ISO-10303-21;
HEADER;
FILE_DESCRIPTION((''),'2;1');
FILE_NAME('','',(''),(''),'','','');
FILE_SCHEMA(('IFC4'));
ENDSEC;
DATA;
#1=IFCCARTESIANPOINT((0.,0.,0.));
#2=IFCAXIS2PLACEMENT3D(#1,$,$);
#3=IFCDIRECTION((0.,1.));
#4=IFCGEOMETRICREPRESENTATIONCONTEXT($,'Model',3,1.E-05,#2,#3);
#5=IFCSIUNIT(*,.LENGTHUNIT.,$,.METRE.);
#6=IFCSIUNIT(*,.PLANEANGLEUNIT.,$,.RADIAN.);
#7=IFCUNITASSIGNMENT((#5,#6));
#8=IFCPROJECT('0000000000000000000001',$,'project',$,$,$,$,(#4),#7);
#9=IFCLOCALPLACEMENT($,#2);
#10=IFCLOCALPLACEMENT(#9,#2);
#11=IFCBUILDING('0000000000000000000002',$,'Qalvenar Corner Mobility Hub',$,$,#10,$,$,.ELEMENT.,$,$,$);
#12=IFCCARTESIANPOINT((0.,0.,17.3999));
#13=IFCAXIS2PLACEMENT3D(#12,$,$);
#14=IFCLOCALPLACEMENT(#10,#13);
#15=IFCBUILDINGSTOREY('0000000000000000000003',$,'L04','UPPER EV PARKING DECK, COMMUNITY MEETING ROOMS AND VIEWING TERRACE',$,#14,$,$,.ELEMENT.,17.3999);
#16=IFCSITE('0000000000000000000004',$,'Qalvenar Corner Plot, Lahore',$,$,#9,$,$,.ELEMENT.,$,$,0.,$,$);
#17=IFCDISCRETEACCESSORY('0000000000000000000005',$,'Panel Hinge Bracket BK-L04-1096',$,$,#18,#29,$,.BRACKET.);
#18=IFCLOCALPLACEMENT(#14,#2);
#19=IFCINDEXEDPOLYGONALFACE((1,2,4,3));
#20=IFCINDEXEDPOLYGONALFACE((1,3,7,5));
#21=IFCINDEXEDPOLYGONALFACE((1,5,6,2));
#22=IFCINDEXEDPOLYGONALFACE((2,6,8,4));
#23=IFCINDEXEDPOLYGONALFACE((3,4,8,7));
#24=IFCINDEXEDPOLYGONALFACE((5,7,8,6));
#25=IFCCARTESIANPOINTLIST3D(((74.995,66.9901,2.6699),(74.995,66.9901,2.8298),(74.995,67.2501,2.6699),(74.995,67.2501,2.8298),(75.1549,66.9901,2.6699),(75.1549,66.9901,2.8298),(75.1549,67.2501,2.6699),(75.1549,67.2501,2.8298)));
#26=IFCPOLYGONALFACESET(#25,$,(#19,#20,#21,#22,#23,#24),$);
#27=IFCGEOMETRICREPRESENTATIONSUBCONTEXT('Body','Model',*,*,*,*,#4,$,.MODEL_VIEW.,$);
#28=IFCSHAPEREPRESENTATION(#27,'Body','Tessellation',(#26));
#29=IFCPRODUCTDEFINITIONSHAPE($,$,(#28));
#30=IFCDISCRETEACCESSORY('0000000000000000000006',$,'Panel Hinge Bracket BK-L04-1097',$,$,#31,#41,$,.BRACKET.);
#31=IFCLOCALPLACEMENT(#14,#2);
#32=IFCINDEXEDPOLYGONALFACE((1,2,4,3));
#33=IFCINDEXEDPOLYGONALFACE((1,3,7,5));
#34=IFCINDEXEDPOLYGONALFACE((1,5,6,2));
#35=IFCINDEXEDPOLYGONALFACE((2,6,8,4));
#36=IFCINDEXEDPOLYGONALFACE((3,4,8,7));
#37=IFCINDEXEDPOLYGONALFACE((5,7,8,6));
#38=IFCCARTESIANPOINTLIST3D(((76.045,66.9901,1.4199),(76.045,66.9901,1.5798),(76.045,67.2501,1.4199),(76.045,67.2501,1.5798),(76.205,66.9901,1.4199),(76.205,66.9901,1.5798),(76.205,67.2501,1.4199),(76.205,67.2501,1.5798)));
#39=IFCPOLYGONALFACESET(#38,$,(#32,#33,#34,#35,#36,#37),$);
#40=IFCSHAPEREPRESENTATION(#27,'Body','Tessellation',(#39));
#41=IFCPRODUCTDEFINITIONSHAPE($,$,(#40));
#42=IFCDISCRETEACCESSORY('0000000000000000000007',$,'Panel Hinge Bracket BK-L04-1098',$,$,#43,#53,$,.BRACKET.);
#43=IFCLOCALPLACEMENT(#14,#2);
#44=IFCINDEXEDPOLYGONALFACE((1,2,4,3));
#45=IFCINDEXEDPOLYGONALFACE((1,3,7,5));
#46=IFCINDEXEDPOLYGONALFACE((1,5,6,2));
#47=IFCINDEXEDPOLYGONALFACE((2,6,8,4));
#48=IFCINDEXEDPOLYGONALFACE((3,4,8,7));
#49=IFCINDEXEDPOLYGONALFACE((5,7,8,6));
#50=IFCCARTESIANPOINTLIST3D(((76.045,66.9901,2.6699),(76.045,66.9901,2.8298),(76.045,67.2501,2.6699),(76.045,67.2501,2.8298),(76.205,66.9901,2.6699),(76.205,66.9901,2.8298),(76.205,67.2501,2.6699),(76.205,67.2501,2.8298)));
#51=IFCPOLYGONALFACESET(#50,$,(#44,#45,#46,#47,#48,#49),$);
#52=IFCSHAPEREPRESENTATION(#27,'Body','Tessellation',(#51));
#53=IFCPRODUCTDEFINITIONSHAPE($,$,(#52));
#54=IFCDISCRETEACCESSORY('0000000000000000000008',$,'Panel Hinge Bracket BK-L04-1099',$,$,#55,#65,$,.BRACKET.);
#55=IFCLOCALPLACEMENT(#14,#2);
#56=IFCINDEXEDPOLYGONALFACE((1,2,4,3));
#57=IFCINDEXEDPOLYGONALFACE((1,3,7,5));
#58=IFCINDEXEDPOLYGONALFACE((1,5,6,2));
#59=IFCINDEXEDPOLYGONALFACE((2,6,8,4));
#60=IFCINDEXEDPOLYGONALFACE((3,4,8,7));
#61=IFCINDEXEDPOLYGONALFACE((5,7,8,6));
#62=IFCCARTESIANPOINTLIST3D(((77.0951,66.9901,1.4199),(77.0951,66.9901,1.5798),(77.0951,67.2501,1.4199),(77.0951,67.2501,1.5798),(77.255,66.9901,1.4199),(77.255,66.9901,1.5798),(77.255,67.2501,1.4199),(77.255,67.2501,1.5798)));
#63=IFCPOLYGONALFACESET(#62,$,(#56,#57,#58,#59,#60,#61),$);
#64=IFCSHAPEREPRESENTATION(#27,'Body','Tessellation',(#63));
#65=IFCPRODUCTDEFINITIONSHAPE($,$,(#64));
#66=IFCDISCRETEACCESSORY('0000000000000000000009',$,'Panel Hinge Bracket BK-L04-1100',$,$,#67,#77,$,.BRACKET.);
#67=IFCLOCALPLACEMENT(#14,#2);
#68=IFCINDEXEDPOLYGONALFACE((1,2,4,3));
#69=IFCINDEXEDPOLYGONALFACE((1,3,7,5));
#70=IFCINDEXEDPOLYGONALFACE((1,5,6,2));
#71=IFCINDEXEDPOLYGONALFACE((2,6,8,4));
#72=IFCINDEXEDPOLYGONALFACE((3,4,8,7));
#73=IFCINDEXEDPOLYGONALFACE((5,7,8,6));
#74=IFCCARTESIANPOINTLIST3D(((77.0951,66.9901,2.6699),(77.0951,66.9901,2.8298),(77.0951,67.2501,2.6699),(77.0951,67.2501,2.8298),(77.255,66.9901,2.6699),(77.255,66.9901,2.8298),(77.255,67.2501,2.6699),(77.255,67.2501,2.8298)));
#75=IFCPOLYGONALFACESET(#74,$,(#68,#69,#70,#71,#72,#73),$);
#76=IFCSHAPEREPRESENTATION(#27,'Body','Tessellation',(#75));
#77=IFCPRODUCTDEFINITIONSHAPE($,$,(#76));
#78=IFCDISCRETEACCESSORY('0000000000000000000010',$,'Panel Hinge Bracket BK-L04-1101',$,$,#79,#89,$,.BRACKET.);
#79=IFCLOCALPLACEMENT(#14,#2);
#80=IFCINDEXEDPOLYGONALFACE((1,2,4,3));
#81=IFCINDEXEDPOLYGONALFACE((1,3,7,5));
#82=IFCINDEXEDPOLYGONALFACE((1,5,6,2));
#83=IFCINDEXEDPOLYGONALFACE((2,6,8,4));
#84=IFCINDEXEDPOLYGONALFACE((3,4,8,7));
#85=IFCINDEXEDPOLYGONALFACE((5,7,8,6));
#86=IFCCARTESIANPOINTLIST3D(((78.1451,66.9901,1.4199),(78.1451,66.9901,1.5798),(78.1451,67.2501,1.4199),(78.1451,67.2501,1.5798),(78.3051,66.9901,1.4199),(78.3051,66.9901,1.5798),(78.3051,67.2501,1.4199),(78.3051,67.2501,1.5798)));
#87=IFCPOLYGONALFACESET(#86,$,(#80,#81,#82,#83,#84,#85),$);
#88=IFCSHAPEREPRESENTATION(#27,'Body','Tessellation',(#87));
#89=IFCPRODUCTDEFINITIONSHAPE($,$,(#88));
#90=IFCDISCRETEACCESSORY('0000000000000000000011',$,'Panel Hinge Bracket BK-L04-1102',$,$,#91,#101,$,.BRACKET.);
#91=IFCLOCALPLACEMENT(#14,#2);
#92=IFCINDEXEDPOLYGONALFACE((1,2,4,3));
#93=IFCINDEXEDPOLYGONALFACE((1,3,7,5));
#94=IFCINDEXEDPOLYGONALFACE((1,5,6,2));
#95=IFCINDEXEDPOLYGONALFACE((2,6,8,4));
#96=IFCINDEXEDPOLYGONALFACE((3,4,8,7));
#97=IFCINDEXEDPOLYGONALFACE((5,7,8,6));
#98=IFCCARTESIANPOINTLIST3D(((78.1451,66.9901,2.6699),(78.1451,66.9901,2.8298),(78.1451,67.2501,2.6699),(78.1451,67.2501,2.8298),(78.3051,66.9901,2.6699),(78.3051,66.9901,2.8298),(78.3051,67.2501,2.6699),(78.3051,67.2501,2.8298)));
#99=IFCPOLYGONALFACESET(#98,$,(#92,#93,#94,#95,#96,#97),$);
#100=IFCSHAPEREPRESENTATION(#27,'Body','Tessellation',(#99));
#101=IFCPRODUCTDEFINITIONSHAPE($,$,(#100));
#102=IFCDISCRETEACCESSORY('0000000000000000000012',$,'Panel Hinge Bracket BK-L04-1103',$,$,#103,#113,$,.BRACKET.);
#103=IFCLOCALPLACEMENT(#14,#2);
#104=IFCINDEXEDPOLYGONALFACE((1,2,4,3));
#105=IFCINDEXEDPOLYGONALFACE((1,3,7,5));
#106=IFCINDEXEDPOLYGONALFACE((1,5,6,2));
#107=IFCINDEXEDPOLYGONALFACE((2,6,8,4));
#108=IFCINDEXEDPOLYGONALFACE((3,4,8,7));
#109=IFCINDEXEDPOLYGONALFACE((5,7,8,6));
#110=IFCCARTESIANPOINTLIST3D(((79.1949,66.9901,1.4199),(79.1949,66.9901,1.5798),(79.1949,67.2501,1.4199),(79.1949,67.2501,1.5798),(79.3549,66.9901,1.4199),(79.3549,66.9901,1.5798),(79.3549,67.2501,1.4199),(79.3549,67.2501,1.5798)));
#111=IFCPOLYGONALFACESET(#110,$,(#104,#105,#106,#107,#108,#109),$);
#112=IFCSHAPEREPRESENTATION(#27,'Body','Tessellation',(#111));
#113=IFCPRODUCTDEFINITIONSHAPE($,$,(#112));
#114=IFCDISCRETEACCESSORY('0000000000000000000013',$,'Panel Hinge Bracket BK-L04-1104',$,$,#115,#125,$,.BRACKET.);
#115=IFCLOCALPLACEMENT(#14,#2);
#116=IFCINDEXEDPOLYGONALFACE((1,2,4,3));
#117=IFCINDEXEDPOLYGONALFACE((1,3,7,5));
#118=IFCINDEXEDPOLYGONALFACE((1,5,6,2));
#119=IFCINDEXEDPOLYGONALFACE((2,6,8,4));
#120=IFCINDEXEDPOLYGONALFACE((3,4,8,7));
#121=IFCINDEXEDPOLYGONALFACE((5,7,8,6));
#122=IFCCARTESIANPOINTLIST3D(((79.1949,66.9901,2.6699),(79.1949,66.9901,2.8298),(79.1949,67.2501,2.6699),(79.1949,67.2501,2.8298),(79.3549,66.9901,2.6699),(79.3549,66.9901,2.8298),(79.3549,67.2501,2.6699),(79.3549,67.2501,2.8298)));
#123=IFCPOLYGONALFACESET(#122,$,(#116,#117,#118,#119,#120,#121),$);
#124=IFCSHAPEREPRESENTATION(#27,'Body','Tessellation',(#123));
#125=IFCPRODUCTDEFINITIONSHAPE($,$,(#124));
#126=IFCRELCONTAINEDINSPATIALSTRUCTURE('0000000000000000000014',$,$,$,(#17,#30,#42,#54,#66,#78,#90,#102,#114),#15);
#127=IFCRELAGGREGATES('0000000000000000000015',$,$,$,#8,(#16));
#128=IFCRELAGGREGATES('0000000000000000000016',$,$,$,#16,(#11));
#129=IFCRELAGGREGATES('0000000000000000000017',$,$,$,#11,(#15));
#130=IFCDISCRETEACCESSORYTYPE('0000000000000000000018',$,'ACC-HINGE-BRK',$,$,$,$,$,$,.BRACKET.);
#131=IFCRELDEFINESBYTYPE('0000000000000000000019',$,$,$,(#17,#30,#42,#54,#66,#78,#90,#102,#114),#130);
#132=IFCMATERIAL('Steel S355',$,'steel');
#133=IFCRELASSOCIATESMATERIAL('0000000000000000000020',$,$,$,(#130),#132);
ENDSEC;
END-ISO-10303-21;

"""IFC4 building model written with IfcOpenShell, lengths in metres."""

from ifc_helpers import new_model, si_unit, direction, frame, origin, origin_2d, place, context, subcontext, project, spatial, rectangle, extrude, material, type_object, element, save


model = new_model("IFC4")

# Units and contexts
model_context = context("Model", 3, precision=1e-05, world=origin(), true_north=direction((0.0, 1.0)))
body_context = subcontext(model_context, "Body", "Model", "MODEL_VIEW")
ifc_project = project(units=[si_unit("LENGTHUNIT", "METRE"), si_unit("PLANEANGLEUNIT", "RADIAN")], contexts=[model_context])

# Site, building, storey
site_placement = place(None, origin())
site = spatial("IfcSite", under=ifc_project, at=site_placement, Name="Qalvenar Corner Plot, Lahore", CompositionType="ELEMENT", RefElevation=0.0)
building_placement = place(site_placement, origin())
building = spatial("IfcBuilding", under=site, at=building_placement, Name="Qalvenar Corner Mobility Hub", CompositionType="ELEMENT")
storey_placement = place(building_placement, frame((0.0, 0.0, 17.3999)))
storey = spatial("IfcBuildingStorey", under=building, at=storey_placement, Name="L04", Description="UPPER EV PARKING DECK, COMMUNITY MEETING ROOMS AND VIEWING TERRACE", CompositionType="ELEMENT", Elevation=17.3999)

# Discrete accessories
ifc_material_1 = material(Name="Steel S355", Category="steel")
discrete_accessory_type = type_object("IfcDiscreteAccessoryType", Name="ACC-HINGE-BRK", PredefinedType="BRACKET", material=ifc_material_1)
for number, where, z_axis, x_axis, name in (
    (1, (75.075, 67.1201, 2.6699), (0.0, 0.0, 1.0), (1.0, 0.0, 0.0), "Panel Hinge Bracket BK-L04-1096"),
    (2, (76.125, 67.1201, 1.4199), (0.0, 0.0, 1.0), (1.0, 0.0, 0.0), "Panel Hinge Bracket BK-L04-1097"),
    (3, (76.125, 67.1201, 2.6699), (0.0, 0.0, 1.0), (1.0, 0.0, 0.0), "Panel Hinge Bracket BK-L04-1098"),
    (4, (77.175, 67.1201, 1.4199), (0.0, 0.0, 1.0), (1.0, 0.0, 0.0), "Panel Hinge Bracket BK-L04-1099"),
    (5, (77.175, 67.1201, 2.6699), (0.0, 0.0, 1.0), (1.0, 0.0, 0.0), "Panel Hinge Bracket BK-L04-1100"),
    (6, (78.2251, 67.1201, 1.4199), (0.0, 0.0, 1.0), (1.0, 0.0, 0.0), "Panel Hinge Bracket BK-L04-1101"),
    (7, (78.2251, 67.1201, 2.6699), (0.0, 0.0, 1.0), (1.0, 0.0, 0.0), "Panel Hinge Bracket BK-L04-1102"),
    (8, (79.2749, 67.1201, 1.4199), (0.0, 0.0, 1.0), (1.0, 0.0, 0.0), "Panel Hinge Bracket BK-L04-1103"),
    (9, (79.2749, 67.1201, 2.6699), (0.0, 0.0, 1.0), (1.0, 0.0, 0.0), "Panel Hinge Bracket BK-L04-1104"),
):
    element("IfcDiscreteAccessory", number, at=place(storey_placement, frame(where, z_axis=z_axis, x_axis=x_axis)), inside=storey, type_object=discrete_accessory_type, Name=name, PredefinedType="BRACKET", context=body_context, shape_type="SweptSolid", body=[
        extrude(rectangle(XDim=0.1599, YDim=0.26, at=origin_2d()), origin(), (0.0, 0.0, 1.0), 0.1599),
    ])

save(model, "model.ifc")
